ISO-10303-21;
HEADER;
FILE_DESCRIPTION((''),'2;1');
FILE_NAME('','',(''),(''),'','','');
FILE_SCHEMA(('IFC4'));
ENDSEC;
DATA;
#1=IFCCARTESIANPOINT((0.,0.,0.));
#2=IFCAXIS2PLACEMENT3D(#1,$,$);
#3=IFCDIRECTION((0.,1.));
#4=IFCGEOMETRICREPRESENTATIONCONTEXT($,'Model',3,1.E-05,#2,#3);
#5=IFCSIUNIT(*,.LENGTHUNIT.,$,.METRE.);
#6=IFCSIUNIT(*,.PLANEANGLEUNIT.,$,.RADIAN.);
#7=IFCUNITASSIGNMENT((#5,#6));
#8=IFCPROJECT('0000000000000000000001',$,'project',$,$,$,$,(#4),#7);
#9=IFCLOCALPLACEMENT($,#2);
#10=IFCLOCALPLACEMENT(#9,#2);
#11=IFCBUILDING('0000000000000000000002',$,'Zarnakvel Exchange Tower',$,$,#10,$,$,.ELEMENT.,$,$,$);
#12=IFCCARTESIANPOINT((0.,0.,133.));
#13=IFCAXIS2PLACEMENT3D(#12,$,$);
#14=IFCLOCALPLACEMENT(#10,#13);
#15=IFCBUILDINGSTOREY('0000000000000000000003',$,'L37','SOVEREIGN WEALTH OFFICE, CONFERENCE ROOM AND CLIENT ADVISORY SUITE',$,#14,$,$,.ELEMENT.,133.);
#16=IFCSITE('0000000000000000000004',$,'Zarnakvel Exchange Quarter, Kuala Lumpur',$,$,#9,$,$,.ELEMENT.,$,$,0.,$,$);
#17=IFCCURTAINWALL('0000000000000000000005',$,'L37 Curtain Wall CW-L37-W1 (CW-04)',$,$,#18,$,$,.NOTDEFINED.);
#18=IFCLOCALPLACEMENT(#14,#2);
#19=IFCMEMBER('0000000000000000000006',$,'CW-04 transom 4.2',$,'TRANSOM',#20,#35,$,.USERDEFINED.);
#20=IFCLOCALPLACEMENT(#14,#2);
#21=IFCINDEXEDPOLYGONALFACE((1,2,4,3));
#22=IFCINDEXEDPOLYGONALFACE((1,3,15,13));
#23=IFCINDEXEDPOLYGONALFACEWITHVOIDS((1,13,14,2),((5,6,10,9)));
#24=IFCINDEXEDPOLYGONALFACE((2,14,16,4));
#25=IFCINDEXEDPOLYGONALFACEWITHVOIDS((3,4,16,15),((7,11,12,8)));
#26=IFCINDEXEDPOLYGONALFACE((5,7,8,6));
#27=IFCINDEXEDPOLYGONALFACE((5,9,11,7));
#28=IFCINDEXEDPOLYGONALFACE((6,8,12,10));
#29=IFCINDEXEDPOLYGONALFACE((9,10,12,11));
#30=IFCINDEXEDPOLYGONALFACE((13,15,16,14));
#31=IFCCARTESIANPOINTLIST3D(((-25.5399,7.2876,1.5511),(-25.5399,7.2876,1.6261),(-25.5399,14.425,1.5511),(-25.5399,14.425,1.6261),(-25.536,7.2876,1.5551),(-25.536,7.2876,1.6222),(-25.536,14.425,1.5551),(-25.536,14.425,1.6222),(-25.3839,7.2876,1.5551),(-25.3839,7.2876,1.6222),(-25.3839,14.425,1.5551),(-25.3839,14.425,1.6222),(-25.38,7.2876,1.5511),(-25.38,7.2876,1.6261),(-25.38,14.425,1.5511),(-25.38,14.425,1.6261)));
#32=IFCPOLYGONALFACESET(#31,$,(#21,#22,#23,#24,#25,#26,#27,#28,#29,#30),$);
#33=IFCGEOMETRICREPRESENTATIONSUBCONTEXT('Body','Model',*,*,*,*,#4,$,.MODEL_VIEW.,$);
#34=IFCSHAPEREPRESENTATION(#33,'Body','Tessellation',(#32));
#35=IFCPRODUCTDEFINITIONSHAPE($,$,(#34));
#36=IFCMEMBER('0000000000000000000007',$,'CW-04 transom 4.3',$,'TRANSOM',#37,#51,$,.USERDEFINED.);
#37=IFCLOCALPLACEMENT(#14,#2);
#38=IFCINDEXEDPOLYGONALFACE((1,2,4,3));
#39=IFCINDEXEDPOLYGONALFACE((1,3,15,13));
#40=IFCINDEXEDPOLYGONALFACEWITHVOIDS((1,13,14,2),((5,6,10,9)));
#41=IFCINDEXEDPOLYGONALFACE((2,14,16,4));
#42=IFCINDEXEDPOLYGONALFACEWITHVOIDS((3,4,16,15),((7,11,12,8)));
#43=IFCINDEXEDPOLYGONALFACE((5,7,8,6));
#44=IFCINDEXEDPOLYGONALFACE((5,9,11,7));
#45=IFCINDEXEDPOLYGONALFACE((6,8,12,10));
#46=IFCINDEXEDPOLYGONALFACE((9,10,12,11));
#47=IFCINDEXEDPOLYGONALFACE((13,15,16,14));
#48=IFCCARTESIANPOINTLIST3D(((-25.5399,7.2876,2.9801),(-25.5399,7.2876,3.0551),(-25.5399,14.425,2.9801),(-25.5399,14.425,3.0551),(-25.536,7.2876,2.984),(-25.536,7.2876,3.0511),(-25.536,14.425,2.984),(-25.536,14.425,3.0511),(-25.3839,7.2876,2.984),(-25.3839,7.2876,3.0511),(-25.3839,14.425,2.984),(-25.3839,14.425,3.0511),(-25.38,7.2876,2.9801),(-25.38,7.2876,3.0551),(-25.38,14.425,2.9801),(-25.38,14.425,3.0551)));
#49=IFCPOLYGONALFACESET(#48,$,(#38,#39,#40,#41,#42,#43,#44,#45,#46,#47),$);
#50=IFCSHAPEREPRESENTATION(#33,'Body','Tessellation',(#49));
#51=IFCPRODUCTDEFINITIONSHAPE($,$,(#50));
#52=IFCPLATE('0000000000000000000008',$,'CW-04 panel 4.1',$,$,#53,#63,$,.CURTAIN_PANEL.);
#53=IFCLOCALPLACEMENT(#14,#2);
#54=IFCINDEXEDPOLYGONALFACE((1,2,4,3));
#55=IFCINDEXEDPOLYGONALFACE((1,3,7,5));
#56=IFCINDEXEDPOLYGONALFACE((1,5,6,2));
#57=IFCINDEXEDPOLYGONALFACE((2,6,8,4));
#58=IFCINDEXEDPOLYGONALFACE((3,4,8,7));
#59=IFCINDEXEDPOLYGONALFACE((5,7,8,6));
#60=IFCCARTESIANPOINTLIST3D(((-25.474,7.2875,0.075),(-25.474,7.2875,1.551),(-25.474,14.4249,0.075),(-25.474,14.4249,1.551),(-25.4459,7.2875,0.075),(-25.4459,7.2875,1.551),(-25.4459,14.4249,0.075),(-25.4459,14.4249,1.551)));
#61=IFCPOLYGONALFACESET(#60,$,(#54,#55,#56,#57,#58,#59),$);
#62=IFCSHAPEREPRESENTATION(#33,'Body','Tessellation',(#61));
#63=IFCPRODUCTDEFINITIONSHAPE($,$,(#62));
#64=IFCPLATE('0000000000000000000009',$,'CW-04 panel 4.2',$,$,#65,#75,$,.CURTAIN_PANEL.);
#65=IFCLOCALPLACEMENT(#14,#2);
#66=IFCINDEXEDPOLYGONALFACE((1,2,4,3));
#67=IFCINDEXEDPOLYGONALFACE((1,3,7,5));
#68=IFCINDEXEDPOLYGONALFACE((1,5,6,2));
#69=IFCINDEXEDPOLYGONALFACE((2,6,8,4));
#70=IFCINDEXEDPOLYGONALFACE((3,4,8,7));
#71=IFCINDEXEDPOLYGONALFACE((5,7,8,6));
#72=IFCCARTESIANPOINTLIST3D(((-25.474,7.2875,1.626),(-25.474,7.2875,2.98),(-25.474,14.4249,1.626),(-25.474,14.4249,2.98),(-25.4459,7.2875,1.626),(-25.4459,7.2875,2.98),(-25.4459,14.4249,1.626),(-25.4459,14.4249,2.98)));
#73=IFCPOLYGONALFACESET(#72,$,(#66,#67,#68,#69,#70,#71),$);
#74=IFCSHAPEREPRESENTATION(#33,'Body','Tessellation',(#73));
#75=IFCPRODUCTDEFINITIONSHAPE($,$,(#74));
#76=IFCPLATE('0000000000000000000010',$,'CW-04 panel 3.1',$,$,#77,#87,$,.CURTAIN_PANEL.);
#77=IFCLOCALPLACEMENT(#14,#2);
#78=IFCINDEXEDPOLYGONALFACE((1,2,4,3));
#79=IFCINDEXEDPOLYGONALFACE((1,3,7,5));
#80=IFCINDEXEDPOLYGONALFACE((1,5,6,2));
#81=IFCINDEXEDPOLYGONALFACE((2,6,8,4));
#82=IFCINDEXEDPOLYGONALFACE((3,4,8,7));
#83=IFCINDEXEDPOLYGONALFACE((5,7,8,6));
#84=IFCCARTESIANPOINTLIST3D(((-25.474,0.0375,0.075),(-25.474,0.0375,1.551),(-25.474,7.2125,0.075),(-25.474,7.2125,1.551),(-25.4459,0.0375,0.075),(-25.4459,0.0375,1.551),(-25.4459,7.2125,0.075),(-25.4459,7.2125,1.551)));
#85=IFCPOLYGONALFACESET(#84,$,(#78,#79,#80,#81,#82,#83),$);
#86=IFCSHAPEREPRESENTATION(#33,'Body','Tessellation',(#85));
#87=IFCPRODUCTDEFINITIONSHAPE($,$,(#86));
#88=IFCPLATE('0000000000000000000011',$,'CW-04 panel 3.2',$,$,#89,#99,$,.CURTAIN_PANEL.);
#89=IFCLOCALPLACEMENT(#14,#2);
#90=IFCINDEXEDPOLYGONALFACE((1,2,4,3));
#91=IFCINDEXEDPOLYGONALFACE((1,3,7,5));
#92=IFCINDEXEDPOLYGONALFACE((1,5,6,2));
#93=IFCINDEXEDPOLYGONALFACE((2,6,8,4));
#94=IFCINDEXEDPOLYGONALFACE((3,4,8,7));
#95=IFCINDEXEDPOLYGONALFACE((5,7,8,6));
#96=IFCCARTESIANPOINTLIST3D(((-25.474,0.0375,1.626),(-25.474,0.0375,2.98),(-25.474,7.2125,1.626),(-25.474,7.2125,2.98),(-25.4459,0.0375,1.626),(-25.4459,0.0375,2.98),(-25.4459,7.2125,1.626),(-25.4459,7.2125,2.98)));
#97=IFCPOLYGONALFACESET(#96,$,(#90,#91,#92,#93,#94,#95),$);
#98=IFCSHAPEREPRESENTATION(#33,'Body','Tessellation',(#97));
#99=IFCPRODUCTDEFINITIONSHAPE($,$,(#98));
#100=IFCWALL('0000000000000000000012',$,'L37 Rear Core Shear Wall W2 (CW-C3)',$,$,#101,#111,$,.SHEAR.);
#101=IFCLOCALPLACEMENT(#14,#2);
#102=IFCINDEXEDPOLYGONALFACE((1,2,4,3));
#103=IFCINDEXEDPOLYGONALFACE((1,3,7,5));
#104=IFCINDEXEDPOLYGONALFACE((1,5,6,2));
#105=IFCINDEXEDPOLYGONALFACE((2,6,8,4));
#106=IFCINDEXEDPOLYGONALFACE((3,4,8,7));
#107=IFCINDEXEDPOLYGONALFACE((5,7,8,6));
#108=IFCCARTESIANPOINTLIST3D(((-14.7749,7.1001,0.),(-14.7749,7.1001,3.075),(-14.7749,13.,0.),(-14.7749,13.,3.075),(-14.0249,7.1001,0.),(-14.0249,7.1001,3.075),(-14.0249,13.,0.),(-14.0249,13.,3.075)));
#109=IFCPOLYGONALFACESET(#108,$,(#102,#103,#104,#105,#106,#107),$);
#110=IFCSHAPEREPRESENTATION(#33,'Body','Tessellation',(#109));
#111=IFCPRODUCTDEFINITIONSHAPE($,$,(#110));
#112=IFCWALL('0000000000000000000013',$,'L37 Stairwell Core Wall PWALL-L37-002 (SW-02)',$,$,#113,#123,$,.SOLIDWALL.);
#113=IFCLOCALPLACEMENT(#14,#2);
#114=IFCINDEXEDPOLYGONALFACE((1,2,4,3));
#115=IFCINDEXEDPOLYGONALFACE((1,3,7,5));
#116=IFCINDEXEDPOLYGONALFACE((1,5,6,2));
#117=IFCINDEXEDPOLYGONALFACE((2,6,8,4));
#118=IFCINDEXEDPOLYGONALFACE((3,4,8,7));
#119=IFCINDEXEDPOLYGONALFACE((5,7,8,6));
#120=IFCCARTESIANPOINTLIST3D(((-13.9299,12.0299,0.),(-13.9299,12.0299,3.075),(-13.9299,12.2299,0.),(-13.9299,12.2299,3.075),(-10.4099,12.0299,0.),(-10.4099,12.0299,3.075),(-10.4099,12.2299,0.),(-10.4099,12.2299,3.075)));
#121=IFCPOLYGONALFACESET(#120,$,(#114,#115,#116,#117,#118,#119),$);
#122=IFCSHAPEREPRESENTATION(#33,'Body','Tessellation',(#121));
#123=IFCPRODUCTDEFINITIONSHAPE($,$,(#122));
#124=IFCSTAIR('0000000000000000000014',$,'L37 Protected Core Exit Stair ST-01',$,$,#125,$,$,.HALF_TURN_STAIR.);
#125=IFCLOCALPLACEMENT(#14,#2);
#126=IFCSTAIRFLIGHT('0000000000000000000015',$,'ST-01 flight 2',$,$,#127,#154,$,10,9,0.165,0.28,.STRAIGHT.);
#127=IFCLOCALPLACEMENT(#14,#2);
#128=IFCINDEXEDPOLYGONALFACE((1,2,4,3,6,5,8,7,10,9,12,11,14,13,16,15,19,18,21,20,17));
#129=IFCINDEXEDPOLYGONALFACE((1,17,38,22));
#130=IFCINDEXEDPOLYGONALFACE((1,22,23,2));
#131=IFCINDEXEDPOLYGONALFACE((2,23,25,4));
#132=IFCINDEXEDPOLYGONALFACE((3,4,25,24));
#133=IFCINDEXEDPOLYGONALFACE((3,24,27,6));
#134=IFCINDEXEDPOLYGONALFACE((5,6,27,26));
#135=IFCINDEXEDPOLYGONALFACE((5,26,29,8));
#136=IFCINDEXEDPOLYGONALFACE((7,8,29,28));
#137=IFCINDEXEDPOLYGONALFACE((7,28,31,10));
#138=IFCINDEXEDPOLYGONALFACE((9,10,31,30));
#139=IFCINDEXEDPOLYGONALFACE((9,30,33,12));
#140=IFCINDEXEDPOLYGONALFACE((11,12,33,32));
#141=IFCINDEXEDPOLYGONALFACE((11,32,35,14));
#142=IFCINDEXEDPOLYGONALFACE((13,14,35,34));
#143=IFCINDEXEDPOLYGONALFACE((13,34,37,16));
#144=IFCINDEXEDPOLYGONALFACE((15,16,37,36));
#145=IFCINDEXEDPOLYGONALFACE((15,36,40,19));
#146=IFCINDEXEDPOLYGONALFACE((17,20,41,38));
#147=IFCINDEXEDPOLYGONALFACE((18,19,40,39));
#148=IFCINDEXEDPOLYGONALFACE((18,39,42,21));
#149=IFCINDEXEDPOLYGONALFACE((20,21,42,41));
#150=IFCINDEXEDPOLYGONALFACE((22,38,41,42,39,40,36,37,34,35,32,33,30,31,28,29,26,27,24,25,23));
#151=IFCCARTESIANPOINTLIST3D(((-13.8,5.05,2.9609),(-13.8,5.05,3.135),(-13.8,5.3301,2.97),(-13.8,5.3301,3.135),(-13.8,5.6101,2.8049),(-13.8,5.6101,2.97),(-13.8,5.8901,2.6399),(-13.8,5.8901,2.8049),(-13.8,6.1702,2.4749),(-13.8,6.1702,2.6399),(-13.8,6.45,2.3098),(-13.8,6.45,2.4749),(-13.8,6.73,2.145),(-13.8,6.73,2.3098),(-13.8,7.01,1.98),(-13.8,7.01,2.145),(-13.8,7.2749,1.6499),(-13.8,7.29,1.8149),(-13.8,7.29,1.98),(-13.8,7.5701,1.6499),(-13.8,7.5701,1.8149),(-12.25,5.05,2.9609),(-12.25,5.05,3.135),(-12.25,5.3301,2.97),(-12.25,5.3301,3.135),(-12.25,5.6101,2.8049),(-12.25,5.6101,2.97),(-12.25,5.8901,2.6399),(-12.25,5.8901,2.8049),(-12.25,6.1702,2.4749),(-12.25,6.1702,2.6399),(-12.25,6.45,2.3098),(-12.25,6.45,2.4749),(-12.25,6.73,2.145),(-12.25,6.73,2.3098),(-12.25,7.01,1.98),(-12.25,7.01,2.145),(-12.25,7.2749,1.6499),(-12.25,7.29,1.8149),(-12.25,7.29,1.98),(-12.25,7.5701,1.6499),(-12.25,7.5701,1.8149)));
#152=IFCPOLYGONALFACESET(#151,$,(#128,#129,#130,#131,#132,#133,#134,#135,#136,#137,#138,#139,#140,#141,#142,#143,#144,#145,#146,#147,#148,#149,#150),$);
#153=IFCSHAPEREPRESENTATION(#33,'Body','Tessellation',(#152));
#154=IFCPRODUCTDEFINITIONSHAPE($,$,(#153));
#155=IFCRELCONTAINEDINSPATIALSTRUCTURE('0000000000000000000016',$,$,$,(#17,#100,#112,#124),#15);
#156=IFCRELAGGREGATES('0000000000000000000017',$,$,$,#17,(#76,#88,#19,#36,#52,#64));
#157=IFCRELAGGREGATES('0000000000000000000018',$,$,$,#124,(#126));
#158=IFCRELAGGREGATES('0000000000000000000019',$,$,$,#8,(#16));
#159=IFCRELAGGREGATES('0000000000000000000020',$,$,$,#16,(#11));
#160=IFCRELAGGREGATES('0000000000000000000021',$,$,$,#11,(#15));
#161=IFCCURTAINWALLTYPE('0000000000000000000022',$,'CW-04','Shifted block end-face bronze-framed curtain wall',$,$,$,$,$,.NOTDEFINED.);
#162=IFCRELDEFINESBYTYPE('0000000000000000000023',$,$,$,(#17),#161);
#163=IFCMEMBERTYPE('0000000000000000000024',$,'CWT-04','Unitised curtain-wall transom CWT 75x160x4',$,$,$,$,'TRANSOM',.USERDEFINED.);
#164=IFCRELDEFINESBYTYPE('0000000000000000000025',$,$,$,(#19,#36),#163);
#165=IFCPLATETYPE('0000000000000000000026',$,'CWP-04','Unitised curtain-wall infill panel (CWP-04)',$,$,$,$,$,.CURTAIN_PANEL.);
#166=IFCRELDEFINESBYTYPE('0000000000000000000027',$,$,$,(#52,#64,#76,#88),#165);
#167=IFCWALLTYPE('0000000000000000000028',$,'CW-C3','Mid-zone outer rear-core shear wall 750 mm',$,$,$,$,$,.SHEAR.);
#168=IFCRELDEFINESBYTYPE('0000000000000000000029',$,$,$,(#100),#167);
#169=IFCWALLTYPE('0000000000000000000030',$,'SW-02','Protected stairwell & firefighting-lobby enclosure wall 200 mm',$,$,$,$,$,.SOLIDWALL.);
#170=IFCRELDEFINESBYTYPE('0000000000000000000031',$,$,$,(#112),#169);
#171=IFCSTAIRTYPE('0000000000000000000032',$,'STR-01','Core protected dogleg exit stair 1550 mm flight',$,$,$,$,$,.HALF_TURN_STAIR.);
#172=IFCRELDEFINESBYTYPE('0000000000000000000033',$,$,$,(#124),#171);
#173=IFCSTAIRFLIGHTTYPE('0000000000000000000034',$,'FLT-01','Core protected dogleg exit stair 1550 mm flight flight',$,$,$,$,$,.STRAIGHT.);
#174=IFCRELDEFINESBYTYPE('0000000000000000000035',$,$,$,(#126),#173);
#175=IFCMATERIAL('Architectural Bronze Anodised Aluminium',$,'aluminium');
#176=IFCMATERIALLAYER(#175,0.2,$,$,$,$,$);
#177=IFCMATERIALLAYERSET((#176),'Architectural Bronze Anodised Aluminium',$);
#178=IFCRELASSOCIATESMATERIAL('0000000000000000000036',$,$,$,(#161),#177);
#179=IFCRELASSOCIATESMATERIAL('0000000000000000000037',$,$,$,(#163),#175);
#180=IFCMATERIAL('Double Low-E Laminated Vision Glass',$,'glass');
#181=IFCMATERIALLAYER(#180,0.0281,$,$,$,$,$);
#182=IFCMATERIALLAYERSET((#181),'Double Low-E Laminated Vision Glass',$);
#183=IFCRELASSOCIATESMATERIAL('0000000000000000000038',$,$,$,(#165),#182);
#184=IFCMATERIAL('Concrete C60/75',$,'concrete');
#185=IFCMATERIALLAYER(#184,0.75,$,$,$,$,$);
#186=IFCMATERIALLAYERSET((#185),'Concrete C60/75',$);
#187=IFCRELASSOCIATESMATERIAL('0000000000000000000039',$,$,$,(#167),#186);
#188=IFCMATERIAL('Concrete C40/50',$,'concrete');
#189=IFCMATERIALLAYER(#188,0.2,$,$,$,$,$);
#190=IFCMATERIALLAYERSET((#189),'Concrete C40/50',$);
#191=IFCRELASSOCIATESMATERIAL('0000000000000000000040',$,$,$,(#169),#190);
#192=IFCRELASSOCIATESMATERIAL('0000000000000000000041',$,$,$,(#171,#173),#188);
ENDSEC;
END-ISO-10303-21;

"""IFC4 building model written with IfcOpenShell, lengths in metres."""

from ifc_helpers import new_model, si_unit, direction, frame, frame_2d, origin, origin_2d, place, context, subcontext, project, spatial, polyline, rectangle, hollow_rectangle, outline, extrude, source, transform, mapped, material, layer, layer_set, material_profile, profile_set, type_object, element, aggregate, save


model = new_model("IFC4")

# Units and contexts
model_context = context("Model", 3, precision=1e-05, world=origin(), true_north=direction((0.0, 1.0)))
body_context = subcontext(model_context, "Body", "Model", "MODEL_VIEW")
ifc_project = project(units=[si_unit("LENGTHUNIT", "METRE"), si_unit("PLANEANGLEUNIT", "RADIAN")], contexts=[model_context])

# Site, building, storey
site_placement = place(None, origin())
site = spatial("IfcSite", under=ifc_project, at=site_placement, Name="Zarnakvel Exchange Quarter, Kuala Lumpur", CompositionType="ELEMENT", RefElevation=0.0)
building_placement = place(site_placement, origin())
building = spatial("IfcBuilding", under=site, at=building_placement, Name="Zarnakvel Exchange Tower", CompositionType="ELEMENT")
storey_placement = place(building_placement, frame((0.0, 0.0, 133.0)))
storey = spatial("IfcBuildingStorey", under=building, at=storey_placement, Name="L37", Description="SOVEREIGN WEALTH OFFICE, CONFERENCE ROOM AND CLIENT ADVISORY SUITE", CompositionType="ELEMENT", Elevation=133.0)

# Shared definitions
ifc_material_1 = material(Name="Concrete C60/75", Category="concrete")

# Curtain wall, members, plates
ifc_material_2 = material(Name="Architectural Bronze Anodised Aluminium", Category="aluminium")
ifc_layer_1 = layer(ifc_material_2, 0.2)
ifc_layer_set_1 = layer_set([ifc_layer_1], Name="Architectural Bronze Anodised Aluminium")
curtain_wall_type = type_object("IfcCurtainWallType", Name="CW-04", Description="Shifted block end-face bronze-framed curtain wall", PredefinedType="NOTDEFINED", material=ifc_layer_set_1)
curtain_wall_placement = place(storey_placement, origin())
curtain_wall = element("IfcCurtainWall", 1, at=curtain_wall_placement, inside=storey, type_object=curtain_wall_type, Name="L37 Curtain Wall CW-L37-W1 (CW-04)", PredefinedType="NOTDEFINED")
ifc_material_profile_1 = material_profile(ifc_material_2, hollow_rectangle(XDim=0.1599, YDim=0.075, WallThickness=0.0039, at=origin_2d()))
ifc_profile_set_1 = profile_set([ifc_material_profile_1], Name="Architectural Bronze Anodised Aluminium")
member_type_1 = type_object("IfcMemberType", Name="CWT-04", Description="Unitised curtain-wall transom CWT 75x160x4", ElementType="TRANSOM", PredefinedType="USERDEFINED", material=ifc_profile_set_1)
shared_shape_1 = source(origin(), body_context, "Body", "SweptSolid", [
    extrude(hollow_rectangle(XDim=0.1599, YDim=0.075, WallThickness=0.0039, at=origin_2d()), origin(), (0.0, 0.0, 1.0), 7.1375),
])
member_1_placement = place(storey_placement, frame((-25.46, 7.2876, 1.5886), z_axis=(0.0, 1.0, 0.0), x_axis=(-1.0, 0.0, 0.0)))
member_1 = element("IfcMember", 2, at=member_1_placement, type_object=member_type_1, Name="CW-04 transom 4.2", ObjectType="TRANSOM", PredefinedType="USERDEFINED", context=body_context, shape_type="MappedRepresentation", body=[
    mapped(shared_shape_1, transform((0.0, 0.0, 0.0), x_axis=(1.0, 0.0, 0.0), y_axis=(0.0, 1.0, 0.0), z_axis=(0.0, 0.0, 1.0), scale=1.0)),
])
member_2_placement = place(storey_placement, frame((-25.46, 7.2876, 3.0176), z_axis=(0.0, 1.0, 0.0), x_axis=(-1.0, 0.0, 0.0)))
member_2 = element("IfcMember", 3, at=member_2_placement, type_object=member_type_1, Name="CW-04 transom 4.3", ObjectType="TRANSOM", PredefinedType="USERDEFINED", context=body_context, shape_type="MappedRepresentation", body=[
    mapped(shared_shape_1, transform((0.0, 0.0, 0.0), x_axis=(1.0, 0.0, 0.0), y_axis=(0.0, 1.0, 0.0), z_axis=(0.0, 0.0, 1.0), scale=1.0)),
])
ifc_material_3 = material(Name="Double Low-E Laminated Vision Glass", Category="glass")
ifc_layer_2 = layer(ifc_material_3, 0.0281)
ifc_layer_set_2 = layer_set([ifc_layer_2], Name="Double Low-E Laminated Vision Glass")
plate_type = type_object("IfcPlateType", Name="CWP-04", Description="Unitised curtain-wall infill panel (CWP-04)", PredefinedType="CURTAIN_PANEL", material=ifc_layer_set_2)
shared_shape_2 = source(origin(), body_context, "Body", "SweptSolid", [
    extrude(rectangle(XDim=7.1375, YDim=0.0281, at=origin_2d()), origin(), (0.0, 0.0, 1.0), 1.4761),
])
plate_1_placement = place(storey_placement, frame((-25.46, 10.8562, 0.075), z_axis=(0.0, 0.0, 1.0), x_axis=(0.0, 1.0, 0.0)))
plate_1 = element("IfcPlate", 4, at=plate_1_placement, type_object=plate_type, Name="CW-04 panel 4.1", PredefinedType="CURTAIN_PANEL", context=body_context, shape_type="MappedRepresentation", body=[
    mapped(shared_shape_2, transform((0.0, 0.0, 0.0), x_axis=(1.0, 0.0, 0.0), y_axis=(0.0, 1.0, 0.0), z_axis=(0.0, 0.0, 1.0), scale=1.0)),
])
shared_shape_3 = source(origin(), body_context, "Body", "SweptSolid", [
    extrude(rectangle(XDim=7.1375, YDim=0.0281, at=origin_2d()), origin(), (0.0, 0.0, 1.0), 1.354),
])
plate_2_placement = place(storey_placement, frame((-25.46, 10.8562, 1.626), z_axis=(0.0, 0.0, 1.0), x_axis=(0.0, 1.0, 0.0)))
plate_2 = element("IfcPlate", 5, at=plate_2_placement, type_object=plate_type, Name="CW-04 panel 4.2", PredefinedType="CURTAIN_PANEL", context=body_context, shape_type="MappedRepresentation", body=[
    mapped(shared_shape_3, transform((0.0, 0.0, 0.0), x_axis=(1.0, 0.0, 0.0), y_axis=(0.0, 1.0, 0.0), z_axis=(0.0, 0.0, 1.0), scale=1.0)),
])
shared_shape_4 = source(origin(), body_context, "Body", "SweptSolid", [
    extrude(rectangle(XDim=7.175, YDim=0.0281, at=origin_2d()), origin(), (0.0, 0.0, 1.0), 1.4761),
])
plate_3_placement = place(storey_placement, frame((-25.46, 3.625, 0.075), z_axis=(0.0, 0.0, 1.0), x_axis=(0.0, 1.0, 0.0)))
plate_3 = element("IfcPlate", 6, at=plate_3_placement, type_object=plate_type, Name="CW-04 panel 3.1", PredefinedType="CURTAIN_PANEL", context=body_context, shape_type="MappedRepresentation", body=[
    mapped(shared_shape_4, transform((0.0, 0.0, 0.0), x_axis=(1.0, 0.0, 0.0), y_axis=(0.0, 1.0, 0.0), z_axis=(0.0, 0.0, 1.0), scale=1.0)),
])
shared_shape_5 = source(origin(), body_context, "Body", "SweptSolid", [
    extrude(rectangle(XDim=7.175, YDim=0.0281, at=origin_2d()), origin(), (0.0, 0.0, 1.0), 1.354),
])
plate_4_placement = place(storey_placement, frame((-25.46, 3.625, 1.626), z_axis=(0.0, 0.0, 1.0), x_axis=(0.0, 1.0, 0.0)))
plate_4 = element("IfcPlate", 7, at=plate_4_placement, type_object=plate_type, Name="CW-04 panel 3.2", PredefinedType="CURTAIN_PANEL", context=body_context, shape_type="MappedRepresentation", body=[
    mapped(shared_shape_5, transform((0.0, 0.0, 0.0), x_axis=(1.0, 0.0, 0.0), y_axis=(0.0, 1.0, 0.0), z_axis=(0.0, 0.0, 1.0), scale=1.0)),
])
aggregate(curtain_wall, [plate_3, plate_4, member_1, member_2, plate_1, plate_2])

# Walls
ifc_layer_3 = layer(ifc_material_1, 0.75)
ifc_layer_set_3 = layer_set([ifc_layer_3], Name="Concrete C60/75")
wall_type_1 = type_object("IfcWallType", Name="CW-C3", Description="Mid-zone outer rear-core shear wall 750 mm", PredefinedType="SHEAR", material=ifc_layer_set_3)
wall_1_placement = place(storey_placement, frame((-14.3999, 7.1001, 0.0), z_axis=(0.0, 0.0, 1.0), x_axis=(0.0, 1.0, 0.0)))
element("IfcWall", 8, at=wall_1_placement, inside=storey, type_object=wall_type_1, Name="L37 Rear Core Shear Wall W2 (CW-C3)", PredefinedType="SHEAR", context=body_context, shape_type="SweptSolid", body=[
    extrude(rectangle(XDim=5.8999, YDim=0.75, at=frame_2d((2.95, 0.0))), origin(), (0.0, 0.0, 1.0), 3.075),
])
ifc_material_4 = material(Name="Concrete C40/50", Category="concrete")
ifc_layer_4 = layer(ifc_material_4, 0.2)
ifc_layer_set_4 = layer_set([ifc_layer_4], Name="Concrete C40/50")
wall_type_2 = type_object("IfcWallType", Name="SW-02", Description="Protected stairwell & firefighting-lobby enclosure wall 200 mm", PredefinedType="SOLIDWALL", material=ifc_layer_set_4)
wall_2_placement = place(storey_placement, frame((-13.9299, 12.1299, 0.0), z_axis=(0.0, 0.0, 1.0), x_axis=(1.0, 0.0, 0.0)))
element("IfcWall", 9, at=wall_2_placement, inside=storey, type_object=wall_type_2, Name="L37 Stairwell Core Wall PWALL-L37-002 (SW-02)", PredefinedType="SOLIDWALL", context=body_context, shape_type="SweptSolid", body=[
    extrude(rectangle(XDim=3.52, YDim=0.2, at=frame_2d((1.76, 0.0))), origin(), (0.0, 0.0, 1.0), 3.075),
])

# Stair, stair flight
stair_type = type_object("IfcStairType", Name="STR-01", Description="Core protected dogleg exit stair 1550 mm flight", PredefinedType="HALF_TURN_STAIR", material=ifc_material_4)
stair_placement = place(storey_placement, origin())
stair = element("IfcStair", 10, at=stair_placement, inside=storey, type_object=stair_type, Name="L37 Protected Core Exit Stair ST-01", PredefinedType="HALF_TURN_STAIR")
stair_flight_type = type_object("IfcStairFlightType", Name="FLT-01", Description="Core protected dogleg exit stair 1550 mm flight flight", PredefinedType="STRAIGHT", material=ifc_material_4)
stair_flight_placement = place(storey_placement, frame((-13.0249, 7.5701, 1.6499), z_axis=(0.0, 0.0, 1.0), x_axis=(0.0, -1.0, 0.0)))
stair_flight = element("IfcStairFlight", 11, at=stair_flight_placement, type_object=stair_flight_type, Name="ST-01 flight 2", NumberOfRisers=10, NumberOfTreads=9, PredefinedType="STRAIGHT", RiserHeight=0.165, TreadLength=0.28, context=body_context, shape_type="SweptSolid", body=[
    extrude(outline(polyline([(0.0, 0.0), (0.0, 0.165), (0.28, 0.165), (0.28, 0.3301), (0.5601, 0.3301), (0.5601, 0.4951), (0.8401, 0.4951), (0.8401, 0.6599), (1.1201, 0.6599), (1.1201, 0.825), (1.3999, 0.825), (1.3999, 0.99), (1.6799, 0.99), (1.6799, 1.155), (1.96, 1.155), (1.96, 1.3201), (2.24, 1.3201), (2.24, 1.4851), (2.52, 1.4851), (2.52, 1.6499), (2.52, 1.311), (0.2952, 0.0), (0.0, 0.0)])), frame((0.0, 0.7749, 0.0), z_axis=(0.0, -1.0, 0.0), x_axis=(1.0, 0.0, 0.0)), (0.0, 0.0, 1.0), 1.55),
])
aggregate(stair, [stair_flight])

save(model, "model.ifc")
